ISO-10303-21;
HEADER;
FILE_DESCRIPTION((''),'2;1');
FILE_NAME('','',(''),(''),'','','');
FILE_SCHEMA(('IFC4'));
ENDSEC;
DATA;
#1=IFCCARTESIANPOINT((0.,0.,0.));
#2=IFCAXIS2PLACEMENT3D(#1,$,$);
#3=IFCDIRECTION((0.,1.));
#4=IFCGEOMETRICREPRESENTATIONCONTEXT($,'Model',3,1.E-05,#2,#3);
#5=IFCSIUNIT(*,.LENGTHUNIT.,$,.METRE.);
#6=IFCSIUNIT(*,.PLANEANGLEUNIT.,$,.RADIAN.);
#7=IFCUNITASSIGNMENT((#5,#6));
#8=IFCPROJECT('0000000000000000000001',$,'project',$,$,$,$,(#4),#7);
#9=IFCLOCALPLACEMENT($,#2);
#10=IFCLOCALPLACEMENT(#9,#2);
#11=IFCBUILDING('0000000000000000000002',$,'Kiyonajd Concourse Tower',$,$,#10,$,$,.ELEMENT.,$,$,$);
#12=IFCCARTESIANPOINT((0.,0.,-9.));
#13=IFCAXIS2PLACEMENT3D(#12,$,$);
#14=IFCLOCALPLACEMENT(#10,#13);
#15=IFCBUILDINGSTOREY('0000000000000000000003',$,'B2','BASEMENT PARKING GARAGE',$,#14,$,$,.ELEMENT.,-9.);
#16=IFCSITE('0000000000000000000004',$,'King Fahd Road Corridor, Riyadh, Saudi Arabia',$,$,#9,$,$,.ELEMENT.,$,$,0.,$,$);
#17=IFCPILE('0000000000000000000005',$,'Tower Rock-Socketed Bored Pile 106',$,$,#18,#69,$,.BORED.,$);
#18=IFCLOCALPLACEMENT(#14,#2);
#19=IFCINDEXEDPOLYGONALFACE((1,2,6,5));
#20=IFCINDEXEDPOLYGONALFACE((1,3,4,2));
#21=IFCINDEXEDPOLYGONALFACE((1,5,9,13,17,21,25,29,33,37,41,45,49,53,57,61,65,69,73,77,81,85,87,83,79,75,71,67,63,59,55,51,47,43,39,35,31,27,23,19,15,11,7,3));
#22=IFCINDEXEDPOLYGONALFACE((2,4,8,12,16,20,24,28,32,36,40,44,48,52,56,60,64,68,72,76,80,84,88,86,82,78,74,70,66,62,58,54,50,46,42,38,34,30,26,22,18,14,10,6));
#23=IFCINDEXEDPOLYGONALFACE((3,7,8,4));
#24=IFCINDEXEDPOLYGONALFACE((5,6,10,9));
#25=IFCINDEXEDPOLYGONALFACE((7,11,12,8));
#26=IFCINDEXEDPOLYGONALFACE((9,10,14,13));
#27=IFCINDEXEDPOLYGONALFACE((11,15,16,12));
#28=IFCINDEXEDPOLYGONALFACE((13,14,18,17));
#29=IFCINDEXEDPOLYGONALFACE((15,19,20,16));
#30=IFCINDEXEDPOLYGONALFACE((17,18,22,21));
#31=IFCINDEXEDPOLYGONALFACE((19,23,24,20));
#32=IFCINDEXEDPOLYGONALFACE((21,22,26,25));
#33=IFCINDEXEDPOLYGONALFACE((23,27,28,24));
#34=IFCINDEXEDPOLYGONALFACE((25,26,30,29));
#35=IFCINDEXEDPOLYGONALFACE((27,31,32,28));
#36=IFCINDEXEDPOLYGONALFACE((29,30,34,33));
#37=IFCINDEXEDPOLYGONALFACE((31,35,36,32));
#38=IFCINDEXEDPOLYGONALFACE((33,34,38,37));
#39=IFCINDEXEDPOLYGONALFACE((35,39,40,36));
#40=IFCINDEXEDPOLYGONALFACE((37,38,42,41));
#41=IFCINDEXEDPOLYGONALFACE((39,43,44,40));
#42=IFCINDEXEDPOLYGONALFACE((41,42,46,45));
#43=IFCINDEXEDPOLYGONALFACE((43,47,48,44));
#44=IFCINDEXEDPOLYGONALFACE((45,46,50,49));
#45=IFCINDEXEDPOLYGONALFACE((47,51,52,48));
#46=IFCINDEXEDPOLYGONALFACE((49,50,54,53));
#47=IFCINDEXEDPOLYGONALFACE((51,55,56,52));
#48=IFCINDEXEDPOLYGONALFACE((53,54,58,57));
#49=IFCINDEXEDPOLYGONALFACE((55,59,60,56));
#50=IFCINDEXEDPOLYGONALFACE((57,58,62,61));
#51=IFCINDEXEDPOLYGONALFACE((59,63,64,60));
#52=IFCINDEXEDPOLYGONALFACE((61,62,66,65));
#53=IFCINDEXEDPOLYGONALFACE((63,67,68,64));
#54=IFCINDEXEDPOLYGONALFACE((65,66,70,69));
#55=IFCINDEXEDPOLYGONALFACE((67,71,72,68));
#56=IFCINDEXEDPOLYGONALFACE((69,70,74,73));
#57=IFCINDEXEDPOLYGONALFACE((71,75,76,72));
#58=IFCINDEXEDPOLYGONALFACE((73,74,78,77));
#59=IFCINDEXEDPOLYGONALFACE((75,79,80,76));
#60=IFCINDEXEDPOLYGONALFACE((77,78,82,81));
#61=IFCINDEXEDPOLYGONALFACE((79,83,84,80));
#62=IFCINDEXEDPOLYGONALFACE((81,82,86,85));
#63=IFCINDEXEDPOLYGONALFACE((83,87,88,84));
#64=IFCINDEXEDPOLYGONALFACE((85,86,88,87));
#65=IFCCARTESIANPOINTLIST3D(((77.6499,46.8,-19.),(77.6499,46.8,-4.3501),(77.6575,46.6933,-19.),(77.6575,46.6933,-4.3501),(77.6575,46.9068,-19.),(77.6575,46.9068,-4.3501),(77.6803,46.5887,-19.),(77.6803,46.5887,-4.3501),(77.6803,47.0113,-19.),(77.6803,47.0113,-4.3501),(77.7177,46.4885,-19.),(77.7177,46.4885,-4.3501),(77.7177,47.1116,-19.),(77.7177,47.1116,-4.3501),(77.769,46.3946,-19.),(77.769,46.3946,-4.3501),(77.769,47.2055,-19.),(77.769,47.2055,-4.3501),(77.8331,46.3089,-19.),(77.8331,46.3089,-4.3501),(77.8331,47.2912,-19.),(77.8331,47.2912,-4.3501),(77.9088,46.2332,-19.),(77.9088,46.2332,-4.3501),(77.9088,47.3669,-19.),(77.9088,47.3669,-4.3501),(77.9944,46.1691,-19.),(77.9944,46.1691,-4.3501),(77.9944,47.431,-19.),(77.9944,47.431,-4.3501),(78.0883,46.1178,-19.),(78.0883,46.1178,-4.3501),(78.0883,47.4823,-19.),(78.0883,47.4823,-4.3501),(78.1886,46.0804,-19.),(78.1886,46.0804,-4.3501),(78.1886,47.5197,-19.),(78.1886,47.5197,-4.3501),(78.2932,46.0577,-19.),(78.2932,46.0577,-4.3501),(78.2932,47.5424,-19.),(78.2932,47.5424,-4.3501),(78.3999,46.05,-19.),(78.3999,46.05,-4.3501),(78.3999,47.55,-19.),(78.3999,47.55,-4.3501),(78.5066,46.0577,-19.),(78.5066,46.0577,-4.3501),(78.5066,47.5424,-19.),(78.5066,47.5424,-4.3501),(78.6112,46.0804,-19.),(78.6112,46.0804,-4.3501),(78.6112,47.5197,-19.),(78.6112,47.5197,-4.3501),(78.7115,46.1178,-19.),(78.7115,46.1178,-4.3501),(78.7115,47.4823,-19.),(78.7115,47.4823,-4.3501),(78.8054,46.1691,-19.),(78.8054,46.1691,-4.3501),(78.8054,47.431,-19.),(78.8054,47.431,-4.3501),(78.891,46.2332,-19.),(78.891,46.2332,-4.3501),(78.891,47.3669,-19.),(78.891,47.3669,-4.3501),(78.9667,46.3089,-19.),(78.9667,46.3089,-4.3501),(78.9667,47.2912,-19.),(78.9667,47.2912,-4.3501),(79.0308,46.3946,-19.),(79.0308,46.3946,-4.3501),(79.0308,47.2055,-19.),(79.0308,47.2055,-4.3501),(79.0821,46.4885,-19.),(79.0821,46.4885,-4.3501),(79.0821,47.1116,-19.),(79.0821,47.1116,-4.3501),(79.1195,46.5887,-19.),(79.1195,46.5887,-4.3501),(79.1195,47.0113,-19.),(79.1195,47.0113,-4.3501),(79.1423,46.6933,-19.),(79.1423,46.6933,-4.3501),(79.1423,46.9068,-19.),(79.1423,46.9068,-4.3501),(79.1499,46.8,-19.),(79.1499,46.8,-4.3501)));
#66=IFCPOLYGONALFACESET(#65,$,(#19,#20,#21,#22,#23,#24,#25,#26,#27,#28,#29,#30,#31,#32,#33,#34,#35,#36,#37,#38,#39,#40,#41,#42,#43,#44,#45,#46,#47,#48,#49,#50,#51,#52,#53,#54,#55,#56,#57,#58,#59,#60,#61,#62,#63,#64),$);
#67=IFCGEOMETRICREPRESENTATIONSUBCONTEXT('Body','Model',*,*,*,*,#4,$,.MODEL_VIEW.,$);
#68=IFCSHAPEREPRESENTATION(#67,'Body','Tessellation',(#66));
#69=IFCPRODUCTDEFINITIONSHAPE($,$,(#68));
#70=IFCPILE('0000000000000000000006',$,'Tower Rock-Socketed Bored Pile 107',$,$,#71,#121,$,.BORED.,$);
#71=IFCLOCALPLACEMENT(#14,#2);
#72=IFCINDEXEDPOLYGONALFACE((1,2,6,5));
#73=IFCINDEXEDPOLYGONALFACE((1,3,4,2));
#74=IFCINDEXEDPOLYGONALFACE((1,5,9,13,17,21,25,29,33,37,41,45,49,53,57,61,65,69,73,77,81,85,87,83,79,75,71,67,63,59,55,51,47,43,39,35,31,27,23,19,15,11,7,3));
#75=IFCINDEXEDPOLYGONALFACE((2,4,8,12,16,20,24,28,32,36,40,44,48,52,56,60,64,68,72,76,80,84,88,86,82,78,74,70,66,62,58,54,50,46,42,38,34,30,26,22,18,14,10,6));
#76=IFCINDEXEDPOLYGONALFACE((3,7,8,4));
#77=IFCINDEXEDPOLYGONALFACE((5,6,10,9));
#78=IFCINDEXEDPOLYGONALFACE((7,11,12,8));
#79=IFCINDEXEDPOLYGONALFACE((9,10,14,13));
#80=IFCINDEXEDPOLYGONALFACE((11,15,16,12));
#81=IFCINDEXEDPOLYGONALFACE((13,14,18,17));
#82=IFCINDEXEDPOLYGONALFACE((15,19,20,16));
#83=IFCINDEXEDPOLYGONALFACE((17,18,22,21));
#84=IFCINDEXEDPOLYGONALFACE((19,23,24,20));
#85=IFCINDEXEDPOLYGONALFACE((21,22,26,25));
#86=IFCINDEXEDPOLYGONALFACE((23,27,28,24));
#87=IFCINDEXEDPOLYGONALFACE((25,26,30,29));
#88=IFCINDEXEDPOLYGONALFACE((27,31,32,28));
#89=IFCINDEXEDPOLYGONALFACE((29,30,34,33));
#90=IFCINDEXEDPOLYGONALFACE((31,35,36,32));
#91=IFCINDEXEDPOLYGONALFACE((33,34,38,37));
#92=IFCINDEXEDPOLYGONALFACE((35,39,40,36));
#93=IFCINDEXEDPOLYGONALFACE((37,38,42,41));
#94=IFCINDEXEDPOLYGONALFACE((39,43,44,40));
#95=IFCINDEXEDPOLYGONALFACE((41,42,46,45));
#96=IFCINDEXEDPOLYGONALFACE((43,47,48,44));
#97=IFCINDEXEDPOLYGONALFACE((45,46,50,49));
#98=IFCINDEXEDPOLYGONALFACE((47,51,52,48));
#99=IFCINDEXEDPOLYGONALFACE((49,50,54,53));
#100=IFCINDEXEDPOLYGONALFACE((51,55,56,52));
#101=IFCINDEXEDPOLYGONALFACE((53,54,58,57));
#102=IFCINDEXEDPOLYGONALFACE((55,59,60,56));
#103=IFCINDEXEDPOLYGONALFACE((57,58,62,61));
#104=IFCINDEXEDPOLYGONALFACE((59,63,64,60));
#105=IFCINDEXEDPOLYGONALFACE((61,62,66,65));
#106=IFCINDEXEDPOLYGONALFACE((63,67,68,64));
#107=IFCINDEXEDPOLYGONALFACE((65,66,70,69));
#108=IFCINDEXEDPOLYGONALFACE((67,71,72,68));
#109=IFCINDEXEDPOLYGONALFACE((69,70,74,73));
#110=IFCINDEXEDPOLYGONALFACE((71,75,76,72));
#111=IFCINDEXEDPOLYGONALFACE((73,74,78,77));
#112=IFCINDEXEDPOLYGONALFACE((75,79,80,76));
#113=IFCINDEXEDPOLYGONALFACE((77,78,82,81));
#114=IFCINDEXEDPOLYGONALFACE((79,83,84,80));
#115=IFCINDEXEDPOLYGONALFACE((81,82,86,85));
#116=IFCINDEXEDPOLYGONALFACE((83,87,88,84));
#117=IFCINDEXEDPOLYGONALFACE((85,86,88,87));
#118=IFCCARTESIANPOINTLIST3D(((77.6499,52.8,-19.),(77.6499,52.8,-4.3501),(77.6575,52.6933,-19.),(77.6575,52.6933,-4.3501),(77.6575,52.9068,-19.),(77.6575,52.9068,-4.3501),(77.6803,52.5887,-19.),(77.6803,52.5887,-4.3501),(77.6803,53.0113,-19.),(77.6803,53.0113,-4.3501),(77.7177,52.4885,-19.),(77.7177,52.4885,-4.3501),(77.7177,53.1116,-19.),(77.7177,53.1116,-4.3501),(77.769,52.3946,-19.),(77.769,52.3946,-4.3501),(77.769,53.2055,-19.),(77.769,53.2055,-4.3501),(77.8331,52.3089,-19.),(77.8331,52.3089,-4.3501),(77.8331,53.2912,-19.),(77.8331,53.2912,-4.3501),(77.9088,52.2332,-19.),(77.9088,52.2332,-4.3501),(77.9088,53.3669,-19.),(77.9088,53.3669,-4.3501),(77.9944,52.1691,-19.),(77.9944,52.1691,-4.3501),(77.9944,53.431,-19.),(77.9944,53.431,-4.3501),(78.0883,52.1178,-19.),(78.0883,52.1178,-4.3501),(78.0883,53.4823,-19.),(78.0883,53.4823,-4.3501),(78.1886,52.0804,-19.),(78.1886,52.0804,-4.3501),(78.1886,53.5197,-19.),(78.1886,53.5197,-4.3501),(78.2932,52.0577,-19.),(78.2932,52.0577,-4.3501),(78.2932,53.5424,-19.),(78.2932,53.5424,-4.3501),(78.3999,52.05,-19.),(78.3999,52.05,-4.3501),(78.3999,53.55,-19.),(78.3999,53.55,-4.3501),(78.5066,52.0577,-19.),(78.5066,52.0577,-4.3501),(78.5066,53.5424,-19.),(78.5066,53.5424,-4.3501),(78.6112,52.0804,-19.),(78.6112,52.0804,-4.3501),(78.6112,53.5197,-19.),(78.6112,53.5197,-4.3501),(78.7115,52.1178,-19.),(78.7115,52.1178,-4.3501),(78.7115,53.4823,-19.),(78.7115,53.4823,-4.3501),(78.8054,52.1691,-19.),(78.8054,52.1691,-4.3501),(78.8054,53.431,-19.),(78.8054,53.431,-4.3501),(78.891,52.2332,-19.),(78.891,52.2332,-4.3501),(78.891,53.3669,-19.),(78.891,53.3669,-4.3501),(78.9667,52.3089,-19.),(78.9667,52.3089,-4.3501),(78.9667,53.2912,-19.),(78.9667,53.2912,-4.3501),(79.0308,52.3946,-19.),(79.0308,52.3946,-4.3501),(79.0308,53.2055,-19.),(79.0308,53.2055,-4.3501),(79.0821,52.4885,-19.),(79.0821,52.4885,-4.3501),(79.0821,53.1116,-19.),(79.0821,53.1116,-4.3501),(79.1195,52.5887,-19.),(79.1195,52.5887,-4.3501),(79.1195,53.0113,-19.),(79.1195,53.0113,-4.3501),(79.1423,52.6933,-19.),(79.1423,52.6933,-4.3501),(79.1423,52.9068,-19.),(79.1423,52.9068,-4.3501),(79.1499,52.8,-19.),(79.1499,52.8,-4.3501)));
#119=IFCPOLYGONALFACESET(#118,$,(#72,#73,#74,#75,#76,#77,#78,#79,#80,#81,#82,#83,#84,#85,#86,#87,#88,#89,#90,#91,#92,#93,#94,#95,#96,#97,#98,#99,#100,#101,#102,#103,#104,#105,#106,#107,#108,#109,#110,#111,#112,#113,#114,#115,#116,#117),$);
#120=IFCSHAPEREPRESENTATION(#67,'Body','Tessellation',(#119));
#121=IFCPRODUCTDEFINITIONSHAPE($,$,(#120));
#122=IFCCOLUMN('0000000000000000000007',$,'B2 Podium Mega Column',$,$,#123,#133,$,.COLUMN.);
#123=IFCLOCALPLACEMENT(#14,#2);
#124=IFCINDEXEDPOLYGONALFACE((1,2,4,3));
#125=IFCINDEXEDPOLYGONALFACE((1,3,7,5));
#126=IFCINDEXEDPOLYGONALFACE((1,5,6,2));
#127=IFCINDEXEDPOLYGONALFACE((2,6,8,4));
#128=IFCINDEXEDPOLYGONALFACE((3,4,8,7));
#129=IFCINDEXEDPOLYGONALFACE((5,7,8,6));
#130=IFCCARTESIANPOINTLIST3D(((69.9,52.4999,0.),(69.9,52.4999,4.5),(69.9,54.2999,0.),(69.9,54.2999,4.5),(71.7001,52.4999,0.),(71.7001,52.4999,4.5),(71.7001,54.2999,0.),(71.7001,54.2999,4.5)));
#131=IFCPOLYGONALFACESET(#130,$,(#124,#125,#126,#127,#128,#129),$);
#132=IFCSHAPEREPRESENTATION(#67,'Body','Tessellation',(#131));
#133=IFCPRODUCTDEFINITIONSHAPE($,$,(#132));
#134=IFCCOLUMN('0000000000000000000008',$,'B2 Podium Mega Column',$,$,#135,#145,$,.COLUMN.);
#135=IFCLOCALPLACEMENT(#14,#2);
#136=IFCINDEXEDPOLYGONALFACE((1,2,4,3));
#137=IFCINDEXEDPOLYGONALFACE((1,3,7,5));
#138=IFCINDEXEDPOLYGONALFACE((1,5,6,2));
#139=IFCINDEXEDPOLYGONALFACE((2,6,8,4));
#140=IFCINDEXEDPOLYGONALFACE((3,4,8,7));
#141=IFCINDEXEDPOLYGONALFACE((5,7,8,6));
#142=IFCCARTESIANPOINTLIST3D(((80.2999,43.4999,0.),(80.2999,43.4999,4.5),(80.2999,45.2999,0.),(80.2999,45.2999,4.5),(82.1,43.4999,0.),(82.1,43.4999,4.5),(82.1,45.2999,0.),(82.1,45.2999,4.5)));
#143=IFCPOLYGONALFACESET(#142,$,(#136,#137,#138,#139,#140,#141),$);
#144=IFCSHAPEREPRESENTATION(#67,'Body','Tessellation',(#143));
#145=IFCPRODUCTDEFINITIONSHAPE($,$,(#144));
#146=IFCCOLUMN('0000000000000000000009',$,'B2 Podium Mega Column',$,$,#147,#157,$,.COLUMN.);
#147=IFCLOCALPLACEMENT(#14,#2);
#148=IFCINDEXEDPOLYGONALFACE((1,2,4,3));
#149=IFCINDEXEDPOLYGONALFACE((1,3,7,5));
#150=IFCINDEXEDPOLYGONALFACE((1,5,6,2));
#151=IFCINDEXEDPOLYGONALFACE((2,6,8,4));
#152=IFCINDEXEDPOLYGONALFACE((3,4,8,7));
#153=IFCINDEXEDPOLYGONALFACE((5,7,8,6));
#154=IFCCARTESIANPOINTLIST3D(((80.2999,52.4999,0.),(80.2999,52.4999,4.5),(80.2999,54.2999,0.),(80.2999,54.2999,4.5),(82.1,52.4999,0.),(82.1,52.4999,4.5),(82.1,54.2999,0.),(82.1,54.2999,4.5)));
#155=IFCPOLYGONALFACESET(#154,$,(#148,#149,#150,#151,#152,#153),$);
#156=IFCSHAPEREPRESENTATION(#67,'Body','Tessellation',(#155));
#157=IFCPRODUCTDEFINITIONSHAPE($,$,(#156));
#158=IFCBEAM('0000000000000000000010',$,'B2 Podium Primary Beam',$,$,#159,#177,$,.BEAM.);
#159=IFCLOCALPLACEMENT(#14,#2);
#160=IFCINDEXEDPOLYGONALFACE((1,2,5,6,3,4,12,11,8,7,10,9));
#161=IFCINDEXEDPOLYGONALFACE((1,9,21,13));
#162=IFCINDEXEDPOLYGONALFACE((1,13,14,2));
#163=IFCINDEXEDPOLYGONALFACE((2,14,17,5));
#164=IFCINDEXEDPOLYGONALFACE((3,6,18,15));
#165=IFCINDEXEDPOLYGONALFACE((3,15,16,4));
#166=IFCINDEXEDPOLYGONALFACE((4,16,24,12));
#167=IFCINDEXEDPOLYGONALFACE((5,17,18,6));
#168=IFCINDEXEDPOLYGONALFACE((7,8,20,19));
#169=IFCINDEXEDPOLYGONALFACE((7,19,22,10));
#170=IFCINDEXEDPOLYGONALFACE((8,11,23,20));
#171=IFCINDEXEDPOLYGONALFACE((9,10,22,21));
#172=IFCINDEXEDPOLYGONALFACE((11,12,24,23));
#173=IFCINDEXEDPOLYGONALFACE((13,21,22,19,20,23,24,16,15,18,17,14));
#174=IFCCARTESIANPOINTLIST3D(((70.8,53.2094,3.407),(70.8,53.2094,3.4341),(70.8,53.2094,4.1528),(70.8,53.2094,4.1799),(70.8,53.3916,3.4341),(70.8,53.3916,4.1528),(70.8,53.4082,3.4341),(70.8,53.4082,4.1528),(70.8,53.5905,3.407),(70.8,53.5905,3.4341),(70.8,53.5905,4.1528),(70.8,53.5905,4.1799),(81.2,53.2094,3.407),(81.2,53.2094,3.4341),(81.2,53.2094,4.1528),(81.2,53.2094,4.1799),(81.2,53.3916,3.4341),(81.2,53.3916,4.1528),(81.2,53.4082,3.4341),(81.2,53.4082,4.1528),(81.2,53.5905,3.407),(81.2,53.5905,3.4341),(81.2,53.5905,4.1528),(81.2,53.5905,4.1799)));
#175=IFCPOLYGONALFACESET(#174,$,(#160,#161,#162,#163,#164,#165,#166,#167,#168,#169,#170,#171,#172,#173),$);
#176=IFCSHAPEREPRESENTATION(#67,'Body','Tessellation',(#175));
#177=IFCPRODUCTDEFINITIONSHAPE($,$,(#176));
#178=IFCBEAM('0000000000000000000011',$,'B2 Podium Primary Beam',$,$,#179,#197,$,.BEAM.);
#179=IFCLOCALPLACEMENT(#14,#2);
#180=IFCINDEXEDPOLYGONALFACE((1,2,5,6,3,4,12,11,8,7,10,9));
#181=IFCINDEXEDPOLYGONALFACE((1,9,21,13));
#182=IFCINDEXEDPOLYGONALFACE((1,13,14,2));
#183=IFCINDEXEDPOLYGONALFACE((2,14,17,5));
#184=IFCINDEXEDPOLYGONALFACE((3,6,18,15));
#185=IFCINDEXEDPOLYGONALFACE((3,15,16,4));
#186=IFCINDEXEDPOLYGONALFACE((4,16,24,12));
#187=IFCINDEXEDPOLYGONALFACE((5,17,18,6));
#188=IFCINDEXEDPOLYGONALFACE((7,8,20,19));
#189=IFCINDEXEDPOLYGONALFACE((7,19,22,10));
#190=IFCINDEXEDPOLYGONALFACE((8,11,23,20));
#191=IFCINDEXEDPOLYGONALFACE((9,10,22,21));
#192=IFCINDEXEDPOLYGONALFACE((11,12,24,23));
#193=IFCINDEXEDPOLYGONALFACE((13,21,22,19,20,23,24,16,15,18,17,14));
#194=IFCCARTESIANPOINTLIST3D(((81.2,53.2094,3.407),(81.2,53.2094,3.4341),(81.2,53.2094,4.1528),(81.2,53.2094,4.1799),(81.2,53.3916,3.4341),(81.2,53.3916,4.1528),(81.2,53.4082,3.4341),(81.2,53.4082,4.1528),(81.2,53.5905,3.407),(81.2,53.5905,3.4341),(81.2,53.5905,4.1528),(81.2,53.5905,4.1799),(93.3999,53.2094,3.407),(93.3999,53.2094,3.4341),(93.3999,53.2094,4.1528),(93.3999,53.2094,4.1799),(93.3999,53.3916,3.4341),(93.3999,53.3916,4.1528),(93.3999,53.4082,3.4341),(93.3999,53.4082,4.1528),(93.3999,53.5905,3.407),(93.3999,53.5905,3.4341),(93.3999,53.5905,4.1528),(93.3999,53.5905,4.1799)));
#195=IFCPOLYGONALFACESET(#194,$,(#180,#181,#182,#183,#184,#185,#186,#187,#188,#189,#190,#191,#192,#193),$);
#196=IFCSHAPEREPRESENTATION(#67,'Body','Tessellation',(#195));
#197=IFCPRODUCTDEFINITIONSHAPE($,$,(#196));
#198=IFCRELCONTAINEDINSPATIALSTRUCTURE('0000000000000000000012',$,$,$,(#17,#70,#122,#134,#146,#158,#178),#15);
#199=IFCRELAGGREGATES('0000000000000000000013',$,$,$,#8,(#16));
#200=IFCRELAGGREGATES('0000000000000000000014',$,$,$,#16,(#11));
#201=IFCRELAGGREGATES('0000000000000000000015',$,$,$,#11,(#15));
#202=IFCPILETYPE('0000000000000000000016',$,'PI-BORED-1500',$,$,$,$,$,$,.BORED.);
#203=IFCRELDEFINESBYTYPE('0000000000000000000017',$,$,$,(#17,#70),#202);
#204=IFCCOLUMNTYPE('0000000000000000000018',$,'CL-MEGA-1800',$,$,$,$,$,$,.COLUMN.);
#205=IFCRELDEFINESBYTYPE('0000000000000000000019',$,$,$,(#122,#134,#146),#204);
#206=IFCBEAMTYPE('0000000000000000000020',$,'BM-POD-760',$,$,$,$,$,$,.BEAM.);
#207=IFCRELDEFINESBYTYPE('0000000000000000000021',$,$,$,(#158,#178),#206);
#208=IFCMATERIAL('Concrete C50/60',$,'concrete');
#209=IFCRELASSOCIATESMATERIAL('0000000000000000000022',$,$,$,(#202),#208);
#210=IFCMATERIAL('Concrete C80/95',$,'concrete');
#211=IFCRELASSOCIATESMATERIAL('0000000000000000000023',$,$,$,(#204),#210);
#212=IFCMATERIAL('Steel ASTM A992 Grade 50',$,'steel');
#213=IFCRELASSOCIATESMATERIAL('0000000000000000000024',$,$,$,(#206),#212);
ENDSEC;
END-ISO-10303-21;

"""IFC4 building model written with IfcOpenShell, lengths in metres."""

from ifc_helpers import new_model, si_unit, direction, frame, origin, origin_2d, place, context, subcontext, project, spatial, rectangle, circle, i_section, extrude, material, material_profile, profile_set, type_object, element, save


model = new_model("IFC4")

# Units and contexts
model_context = context("Model", 3, precision=1e-05, world=origin(), true_north=direction((0.0, 1.0)))
body_context = subcontext(model_context, "Body", "Model", "MODEL_VIEW")
ifc_project = project(units=[si_unit("LENGTHUNIT", "METRE"), si_unit("PLANEANGLEUNIT", "RADIAN")], contexts=[model_context])

# Site, building, storey
site_placement = place(None, origin())
site = spatial("IfcSite", under=ifc_project, at=site_placement, Name="King Fahd Road Corridor, Riyadh, Saudi Arabia", CompositionType="ELEMENT", RefElevation=0.0)
building_placement = place(site_placement, origin())
building = spatial("IfcBuilding", under=site, at=building_placement, Name="Kiyonajd Concourse Tower", CompositionType="ELEMENT")
storey_placement = place(building_placement, frame((0.0, 0.0, -9.0)))
storey = spatial("IfcBuildingStorey", under=building, at=storey_placement, Name="B2", Description="BASEMENT PARKING GARAGE", CompositionType="ELEMENT", Elevation=-9.0)

# Piles
ifc_material_1 = material(Name="Concrete C50/60", Category="concrete")
ifc_material_profile_1 = material_profile(ifc_material_1, circle(Radius=0.75, at=origin_2d()), Name="PILE-D1500")
ifc_profile_set_1 = profile_set([ifc_material_profile_1], Name="Concrete C50/60")
pile_type = type_object("IfcPileType", Name="PI-BORED-1500", PredefinedType="BORED", material=ifc_profile_set_1)
for number, where, z_axis, x_axis, name in (
    (1, (78.3999, 46.8, -4.3501), (0.0, 0.0, -1.0), (1.0, 0.0, 0.0), "Tower Rock-Socketed Bored Pile 106"),
    (2, (78.3999, 52.8, -4.3501), (0.0, 0.0, -1.0), (1.0, 0.0, 0.0), "Tower Rock-Socketed Bored Pile 107"),
):
    element("IfcPile", number, at=place(storey_placement, frame(where, z_axis=z_axis, x_axis=x_axis)), inside=storey, type_object=pile_type, Name=name, PredefinedType="BORED", context=body_context, shape_type="SweptSolid", body=[
        extrude(circle(Radius=0.75, at=origin_2d()), origin(), (0.0, 0.0, 1.0), 14.6499),
    ])

# Columns
ifc_material_2 = material(Name="Concrete C80/95", Category="concrete")
ifc_material_profile_2 = material_profile(ifc_material_2, rectangle(XDim=1.8, YDim=1.8, at=origin_2d()), Name="RC-1800x1800")
ifc_profile_set_2 = profile_set([ifc_material_profile_2], Name="Concrete C80/95")
column_type = type_object("IfcColumnType", Name="CL-MEGA-1800", PredefinedType="COLUMN", material=ifc_profile_set_2)
for number, where, z_axis, x_axis, name in (
    (3, (70.8, 53.3999, 0.0), (0.0, 0.0, 1.0), (1.0, 0.0, 0.0), "B2 Podium Mega Column"),
    (4, (81.2, 44.3999, 0.0), (0.0, 0.0, 1.0), (1.0, 0.0, 0.0), "B2 Podium Mega Column"),
    (5, (81.2, 53.3999, 0.0), (0.0, 0.0, 1.0), (1.0, 0.0, 0.0), "B2 Podium Mega Column"),
):
    element("IfcColumn", number, at=place(storey_placement, frame(where, z_axis=z_axis, x_axis=x_axis)), inside=storey, type_object=column_type, Name=name, PredefinedType="COLUMN", context=body_context, shape_type="SweptSolid", body=[
        extrude(rectangle(XDim=1.8, YDim=1.8, at=origin_2d()), origin(), (0.0, 0.0, 1.0), 4.5),
    ])

# Beams
ifc_material_3 = material(Name="Steel ASTM A992 Grade 50", Category="steel")
ifc_material_profile_3 = material_profile(ifc_material_3, i_section(OverallWidth=0.3811, OverallDepth=0.7729, WebThickness=0.0166, FlangeThickness=0.0271, at=origin_2d()), Name="W760X257")
ifc_profile_set_3 = profile_set([ifc_material_profile_3], Name="Steel ASTM A992 Grade 50")
beam_type_1 = type_object("IfcBeamType", Name="BM-POD-760", PredefinedType="BEAM", material=ifc_profile_set_3)
beam_1_placement = place(storey_placement, frame((70.8, 53.3999, 3.7935), z_axis=(1.0, 0.0, 0.0), x_axis=(0.0, 1.0, 0.0)))
element("IfcBeam", 6, at=beam_1_placement, inside=storey, type_object=beam_type_1, Name="B2 Podium Primary Beam", PredefinedType="BEAM", context=body_context, shape_type="SweptSolid", body=[
    extrude(i_section(OverallWidth=0.3811, OverallDepth=0.7729, WebThickness=0.0166, FlangeThickness=0.0271, at=origin_2d()), origin(), (0.0, 0.0, 1.0), 10.3999),
])
beam_2_placement = place(storey_placement, frame((81.2, 53.3999, 3.7935), z_axis=(1.0, 0.0, 0.0), x_axis=(0.0, 1.0, 0.0)))
element("IfcBeam", 7, at=beam_2_placement, inside=storey, type_object=beam_type_1, Name="B2 Podium Primary Beam", PredefinedType="BEAM", context=body_context, shape_type="SweptSolid", body=[
    extrude(i_section(OverallWidth=0.3811, OverallDepth=0.7729, WebThickness=0.0166, FlangeThickness=0.0271, at=origin_2d()), origin(), (0.0, 0.0, 1.0), 12.2),
])

save(model, "model.ifc")
